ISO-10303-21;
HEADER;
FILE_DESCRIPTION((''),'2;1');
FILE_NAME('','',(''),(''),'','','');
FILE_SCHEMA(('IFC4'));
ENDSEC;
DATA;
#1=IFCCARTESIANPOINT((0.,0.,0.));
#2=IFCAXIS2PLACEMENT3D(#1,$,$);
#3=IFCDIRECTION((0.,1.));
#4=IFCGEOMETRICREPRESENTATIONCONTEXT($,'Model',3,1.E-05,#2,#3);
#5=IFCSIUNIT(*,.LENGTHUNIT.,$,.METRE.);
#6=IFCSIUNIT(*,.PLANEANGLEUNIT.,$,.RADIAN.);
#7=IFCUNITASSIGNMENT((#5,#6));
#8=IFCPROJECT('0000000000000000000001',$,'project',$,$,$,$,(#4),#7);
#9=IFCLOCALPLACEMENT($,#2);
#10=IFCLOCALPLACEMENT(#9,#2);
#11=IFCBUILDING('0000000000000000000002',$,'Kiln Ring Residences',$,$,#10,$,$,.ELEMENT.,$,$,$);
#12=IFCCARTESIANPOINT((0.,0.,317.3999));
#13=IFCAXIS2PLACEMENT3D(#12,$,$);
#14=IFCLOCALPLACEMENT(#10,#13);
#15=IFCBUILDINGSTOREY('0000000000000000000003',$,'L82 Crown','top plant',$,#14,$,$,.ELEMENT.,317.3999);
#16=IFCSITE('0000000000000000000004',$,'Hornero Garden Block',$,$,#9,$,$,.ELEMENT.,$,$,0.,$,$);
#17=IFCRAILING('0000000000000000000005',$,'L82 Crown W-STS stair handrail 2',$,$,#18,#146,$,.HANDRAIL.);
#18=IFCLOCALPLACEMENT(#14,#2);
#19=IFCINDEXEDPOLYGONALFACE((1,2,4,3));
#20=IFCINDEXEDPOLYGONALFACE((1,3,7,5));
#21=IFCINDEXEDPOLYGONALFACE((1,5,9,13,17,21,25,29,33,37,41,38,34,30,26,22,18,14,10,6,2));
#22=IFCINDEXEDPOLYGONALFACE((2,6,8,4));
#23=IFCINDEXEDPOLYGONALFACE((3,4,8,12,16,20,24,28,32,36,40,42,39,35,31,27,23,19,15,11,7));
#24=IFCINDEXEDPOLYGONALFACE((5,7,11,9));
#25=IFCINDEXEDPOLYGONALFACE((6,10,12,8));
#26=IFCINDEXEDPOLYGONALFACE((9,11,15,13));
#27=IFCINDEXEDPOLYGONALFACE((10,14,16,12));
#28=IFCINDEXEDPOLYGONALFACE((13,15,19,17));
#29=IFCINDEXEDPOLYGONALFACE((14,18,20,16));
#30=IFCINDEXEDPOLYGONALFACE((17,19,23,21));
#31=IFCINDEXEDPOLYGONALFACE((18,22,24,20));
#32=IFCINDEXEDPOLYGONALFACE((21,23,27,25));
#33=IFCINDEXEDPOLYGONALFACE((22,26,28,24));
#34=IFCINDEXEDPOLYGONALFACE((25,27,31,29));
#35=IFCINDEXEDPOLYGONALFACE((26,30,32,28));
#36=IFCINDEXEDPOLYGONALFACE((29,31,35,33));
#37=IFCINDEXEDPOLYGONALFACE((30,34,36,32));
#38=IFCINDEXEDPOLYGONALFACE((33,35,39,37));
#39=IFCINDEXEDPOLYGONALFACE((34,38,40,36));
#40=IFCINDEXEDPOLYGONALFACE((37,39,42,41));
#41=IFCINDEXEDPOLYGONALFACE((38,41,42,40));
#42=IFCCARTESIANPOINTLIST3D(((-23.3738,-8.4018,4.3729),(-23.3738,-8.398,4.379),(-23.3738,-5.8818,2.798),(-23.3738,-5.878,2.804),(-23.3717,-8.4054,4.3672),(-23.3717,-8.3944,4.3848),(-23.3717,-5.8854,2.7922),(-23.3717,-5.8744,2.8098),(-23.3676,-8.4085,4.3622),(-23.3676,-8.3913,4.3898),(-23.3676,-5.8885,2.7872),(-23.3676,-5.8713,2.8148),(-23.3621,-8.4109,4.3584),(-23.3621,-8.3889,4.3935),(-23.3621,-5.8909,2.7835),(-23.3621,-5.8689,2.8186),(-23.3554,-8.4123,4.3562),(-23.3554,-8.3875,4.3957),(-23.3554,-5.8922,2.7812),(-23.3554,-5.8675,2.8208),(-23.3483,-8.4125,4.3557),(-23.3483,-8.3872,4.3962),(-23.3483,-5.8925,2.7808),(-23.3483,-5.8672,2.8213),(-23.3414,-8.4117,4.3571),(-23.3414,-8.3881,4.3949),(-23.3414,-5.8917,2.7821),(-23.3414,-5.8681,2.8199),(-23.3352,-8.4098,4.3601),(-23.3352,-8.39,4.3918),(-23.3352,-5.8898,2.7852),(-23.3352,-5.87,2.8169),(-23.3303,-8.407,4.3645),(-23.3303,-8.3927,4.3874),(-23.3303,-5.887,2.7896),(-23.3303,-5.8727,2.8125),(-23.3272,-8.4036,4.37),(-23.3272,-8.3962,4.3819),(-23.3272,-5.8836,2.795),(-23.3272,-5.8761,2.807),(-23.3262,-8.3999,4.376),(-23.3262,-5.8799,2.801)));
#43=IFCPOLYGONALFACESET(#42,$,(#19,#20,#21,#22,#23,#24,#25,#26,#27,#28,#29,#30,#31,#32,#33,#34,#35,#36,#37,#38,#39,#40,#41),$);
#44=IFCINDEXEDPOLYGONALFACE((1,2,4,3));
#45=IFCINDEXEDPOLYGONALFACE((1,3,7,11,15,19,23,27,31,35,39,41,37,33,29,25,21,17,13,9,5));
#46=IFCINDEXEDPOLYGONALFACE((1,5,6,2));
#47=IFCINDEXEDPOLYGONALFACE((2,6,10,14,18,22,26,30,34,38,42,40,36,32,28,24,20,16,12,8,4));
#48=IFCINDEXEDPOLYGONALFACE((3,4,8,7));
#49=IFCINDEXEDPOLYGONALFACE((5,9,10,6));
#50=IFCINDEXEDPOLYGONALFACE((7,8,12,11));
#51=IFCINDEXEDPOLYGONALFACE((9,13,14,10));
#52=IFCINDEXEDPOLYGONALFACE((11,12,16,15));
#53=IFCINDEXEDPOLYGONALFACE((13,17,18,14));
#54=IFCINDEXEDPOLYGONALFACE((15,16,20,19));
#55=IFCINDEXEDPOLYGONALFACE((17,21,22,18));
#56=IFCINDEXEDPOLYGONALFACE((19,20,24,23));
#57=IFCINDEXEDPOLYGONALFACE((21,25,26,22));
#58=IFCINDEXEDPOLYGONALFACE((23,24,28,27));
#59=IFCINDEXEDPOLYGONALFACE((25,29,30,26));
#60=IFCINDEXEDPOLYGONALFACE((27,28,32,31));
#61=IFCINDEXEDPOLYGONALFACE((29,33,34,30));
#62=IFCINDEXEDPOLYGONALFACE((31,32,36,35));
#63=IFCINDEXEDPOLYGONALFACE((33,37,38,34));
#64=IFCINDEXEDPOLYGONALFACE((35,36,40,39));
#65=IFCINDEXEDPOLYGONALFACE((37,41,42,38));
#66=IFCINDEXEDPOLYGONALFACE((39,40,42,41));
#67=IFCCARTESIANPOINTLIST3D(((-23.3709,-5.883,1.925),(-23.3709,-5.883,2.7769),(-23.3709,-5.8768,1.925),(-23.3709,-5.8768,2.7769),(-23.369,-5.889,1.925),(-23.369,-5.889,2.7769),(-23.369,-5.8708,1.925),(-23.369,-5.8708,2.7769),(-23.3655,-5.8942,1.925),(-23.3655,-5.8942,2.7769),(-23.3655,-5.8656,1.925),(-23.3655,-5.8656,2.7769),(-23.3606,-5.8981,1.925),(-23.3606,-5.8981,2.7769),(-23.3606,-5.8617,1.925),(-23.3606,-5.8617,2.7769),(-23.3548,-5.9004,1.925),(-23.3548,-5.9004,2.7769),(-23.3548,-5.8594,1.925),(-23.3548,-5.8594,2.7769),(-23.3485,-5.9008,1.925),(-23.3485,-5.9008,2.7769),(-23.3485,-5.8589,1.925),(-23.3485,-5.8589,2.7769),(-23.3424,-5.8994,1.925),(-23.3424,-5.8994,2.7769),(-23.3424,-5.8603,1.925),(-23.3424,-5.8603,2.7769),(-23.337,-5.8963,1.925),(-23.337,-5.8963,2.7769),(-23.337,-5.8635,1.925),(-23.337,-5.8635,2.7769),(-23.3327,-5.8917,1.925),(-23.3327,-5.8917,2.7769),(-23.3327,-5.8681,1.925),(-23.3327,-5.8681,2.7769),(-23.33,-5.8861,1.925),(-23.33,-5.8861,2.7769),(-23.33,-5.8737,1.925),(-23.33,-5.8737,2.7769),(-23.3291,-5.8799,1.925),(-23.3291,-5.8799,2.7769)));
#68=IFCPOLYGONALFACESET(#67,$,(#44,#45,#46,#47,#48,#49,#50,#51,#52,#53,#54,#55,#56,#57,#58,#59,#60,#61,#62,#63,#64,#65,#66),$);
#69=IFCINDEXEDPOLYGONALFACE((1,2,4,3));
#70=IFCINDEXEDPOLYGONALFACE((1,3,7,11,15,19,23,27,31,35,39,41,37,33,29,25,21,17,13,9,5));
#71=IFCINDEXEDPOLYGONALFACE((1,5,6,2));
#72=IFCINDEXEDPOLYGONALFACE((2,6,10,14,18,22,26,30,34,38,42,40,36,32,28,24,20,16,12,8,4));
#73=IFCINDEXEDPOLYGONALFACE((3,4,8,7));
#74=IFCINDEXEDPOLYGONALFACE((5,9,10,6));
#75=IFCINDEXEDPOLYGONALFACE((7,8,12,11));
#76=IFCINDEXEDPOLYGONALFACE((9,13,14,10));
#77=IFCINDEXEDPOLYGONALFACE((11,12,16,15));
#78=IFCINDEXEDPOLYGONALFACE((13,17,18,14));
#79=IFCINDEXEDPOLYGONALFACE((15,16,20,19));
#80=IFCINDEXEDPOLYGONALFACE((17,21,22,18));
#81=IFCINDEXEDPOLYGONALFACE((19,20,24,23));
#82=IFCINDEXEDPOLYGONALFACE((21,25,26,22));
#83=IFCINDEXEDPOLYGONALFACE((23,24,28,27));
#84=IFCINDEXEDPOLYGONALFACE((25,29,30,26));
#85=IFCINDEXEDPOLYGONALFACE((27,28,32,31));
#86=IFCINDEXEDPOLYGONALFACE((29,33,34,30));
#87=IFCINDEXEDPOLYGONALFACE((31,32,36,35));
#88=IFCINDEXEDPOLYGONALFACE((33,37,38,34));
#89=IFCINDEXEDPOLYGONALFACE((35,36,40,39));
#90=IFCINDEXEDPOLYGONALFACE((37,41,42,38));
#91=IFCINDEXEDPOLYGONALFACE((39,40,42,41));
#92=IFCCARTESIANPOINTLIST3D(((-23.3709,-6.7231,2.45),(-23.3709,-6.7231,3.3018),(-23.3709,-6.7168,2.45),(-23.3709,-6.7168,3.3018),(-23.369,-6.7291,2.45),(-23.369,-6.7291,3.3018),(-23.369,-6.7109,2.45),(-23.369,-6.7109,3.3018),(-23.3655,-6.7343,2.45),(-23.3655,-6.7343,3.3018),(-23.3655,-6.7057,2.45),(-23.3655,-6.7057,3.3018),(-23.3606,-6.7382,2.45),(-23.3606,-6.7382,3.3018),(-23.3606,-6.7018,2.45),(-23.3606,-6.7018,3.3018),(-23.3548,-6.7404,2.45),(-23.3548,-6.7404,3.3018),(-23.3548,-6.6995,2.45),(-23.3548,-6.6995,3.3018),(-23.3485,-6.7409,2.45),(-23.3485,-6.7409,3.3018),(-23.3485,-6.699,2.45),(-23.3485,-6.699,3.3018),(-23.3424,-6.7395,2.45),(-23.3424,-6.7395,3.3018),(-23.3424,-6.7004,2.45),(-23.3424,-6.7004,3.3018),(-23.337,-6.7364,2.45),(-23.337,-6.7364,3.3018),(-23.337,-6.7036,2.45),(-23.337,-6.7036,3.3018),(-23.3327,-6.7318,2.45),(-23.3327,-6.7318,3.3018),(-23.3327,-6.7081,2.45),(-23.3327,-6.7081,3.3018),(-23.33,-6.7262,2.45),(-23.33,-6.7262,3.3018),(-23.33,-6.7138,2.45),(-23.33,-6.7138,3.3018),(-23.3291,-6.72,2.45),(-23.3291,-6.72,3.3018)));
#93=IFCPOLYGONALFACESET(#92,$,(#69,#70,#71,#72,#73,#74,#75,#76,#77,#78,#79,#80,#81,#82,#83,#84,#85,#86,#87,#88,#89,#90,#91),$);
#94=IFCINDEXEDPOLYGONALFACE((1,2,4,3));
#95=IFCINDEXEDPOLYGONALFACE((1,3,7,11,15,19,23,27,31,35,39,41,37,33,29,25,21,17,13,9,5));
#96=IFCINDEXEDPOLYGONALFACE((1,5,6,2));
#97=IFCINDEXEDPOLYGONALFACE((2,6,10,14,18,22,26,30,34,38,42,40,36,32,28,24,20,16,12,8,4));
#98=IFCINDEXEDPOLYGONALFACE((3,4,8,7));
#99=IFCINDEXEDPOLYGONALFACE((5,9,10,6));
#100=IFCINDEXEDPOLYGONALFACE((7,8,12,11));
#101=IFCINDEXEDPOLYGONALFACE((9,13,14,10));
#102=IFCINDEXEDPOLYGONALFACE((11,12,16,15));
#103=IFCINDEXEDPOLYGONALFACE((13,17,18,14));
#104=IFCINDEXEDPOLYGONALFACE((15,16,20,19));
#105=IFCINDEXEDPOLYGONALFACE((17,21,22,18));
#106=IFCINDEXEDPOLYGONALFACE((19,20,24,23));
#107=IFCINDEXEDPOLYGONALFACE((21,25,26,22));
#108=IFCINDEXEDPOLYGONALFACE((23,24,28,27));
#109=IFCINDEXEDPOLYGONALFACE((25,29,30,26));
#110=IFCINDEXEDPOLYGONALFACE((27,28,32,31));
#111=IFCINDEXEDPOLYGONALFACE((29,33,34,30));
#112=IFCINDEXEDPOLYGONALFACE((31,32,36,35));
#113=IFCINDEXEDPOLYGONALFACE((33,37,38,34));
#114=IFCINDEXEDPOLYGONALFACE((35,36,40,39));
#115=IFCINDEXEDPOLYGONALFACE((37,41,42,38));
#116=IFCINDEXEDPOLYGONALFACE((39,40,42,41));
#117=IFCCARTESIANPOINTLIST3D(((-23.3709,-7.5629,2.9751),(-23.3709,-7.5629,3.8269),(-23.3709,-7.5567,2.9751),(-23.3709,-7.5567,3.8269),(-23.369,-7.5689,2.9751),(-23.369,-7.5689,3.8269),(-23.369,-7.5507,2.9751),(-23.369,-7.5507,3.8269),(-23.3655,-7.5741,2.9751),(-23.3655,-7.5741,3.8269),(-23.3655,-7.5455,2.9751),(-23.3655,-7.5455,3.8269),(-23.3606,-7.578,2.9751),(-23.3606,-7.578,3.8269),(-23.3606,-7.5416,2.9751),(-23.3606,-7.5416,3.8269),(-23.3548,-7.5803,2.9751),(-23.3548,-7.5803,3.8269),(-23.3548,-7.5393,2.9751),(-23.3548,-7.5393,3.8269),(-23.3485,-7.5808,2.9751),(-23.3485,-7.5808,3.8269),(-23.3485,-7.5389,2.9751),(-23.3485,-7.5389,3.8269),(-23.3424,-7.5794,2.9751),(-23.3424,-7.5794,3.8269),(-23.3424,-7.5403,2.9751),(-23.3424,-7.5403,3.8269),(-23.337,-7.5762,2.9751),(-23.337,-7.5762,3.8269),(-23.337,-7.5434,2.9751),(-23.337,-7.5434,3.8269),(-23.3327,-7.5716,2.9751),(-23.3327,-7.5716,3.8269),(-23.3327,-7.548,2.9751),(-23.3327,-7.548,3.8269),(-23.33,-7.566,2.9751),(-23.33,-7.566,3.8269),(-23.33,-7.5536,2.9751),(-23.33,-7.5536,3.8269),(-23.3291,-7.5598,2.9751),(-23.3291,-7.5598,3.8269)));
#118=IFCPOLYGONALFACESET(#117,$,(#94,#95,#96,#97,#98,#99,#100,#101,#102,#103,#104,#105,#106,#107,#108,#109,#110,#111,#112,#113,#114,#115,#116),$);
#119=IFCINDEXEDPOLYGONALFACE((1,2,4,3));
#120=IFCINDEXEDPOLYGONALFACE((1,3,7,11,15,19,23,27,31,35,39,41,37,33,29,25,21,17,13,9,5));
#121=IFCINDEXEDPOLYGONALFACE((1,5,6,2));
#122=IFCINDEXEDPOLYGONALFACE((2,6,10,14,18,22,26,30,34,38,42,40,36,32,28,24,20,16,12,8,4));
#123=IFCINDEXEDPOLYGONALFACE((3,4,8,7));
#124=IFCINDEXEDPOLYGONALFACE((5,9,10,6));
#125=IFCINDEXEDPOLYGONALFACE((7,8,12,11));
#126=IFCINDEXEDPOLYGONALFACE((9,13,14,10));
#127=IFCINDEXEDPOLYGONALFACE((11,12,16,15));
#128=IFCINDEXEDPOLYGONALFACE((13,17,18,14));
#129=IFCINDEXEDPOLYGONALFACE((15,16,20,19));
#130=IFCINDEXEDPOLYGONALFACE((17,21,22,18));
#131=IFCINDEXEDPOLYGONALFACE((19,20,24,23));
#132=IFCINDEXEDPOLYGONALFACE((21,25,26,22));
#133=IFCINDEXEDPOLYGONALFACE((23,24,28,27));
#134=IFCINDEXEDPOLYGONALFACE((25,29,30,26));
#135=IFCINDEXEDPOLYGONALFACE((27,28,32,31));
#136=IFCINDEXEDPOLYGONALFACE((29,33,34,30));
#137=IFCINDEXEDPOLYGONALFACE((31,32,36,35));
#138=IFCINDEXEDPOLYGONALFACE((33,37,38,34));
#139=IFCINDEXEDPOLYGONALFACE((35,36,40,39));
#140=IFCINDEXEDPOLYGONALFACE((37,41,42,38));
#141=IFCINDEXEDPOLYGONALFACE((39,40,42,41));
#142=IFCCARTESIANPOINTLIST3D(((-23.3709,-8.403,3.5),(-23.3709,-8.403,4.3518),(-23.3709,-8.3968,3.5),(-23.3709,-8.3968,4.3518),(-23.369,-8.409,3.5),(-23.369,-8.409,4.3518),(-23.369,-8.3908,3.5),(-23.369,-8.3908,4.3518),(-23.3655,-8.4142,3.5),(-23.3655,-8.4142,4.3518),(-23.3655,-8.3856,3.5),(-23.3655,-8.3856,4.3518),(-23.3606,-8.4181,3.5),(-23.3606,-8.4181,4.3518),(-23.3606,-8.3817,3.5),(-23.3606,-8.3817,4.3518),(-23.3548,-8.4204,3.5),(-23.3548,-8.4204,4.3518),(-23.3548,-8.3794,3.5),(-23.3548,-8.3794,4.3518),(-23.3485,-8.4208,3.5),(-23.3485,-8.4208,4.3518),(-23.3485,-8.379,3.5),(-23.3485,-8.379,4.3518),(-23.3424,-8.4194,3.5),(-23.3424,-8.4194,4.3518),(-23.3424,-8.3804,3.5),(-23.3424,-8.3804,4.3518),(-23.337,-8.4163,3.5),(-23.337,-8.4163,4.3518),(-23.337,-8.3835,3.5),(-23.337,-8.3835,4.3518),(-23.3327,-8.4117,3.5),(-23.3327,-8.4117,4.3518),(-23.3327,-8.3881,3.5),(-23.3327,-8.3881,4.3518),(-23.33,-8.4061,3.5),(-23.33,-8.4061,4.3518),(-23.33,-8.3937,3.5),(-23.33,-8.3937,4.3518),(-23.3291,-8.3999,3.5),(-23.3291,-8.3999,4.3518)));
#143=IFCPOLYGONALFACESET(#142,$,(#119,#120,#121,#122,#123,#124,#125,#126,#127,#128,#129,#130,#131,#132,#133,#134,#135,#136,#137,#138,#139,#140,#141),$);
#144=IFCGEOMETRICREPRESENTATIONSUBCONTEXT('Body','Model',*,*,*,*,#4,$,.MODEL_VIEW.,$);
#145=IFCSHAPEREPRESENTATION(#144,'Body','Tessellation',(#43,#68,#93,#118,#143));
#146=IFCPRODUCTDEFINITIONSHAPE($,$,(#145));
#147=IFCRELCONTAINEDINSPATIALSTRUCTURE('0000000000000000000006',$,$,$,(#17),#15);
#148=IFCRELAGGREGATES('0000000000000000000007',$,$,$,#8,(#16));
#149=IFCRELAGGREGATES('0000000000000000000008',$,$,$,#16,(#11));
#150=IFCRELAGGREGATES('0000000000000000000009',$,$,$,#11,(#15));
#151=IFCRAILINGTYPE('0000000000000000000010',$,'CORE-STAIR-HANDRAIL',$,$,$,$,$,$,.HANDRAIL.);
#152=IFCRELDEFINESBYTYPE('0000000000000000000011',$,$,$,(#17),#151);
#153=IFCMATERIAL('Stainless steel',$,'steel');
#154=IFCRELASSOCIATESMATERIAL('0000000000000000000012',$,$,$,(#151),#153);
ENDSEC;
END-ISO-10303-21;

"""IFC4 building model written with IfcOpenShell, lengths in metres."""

from ifc_helpers import new_model, si_unit, direction, frame, origin, origin_2d, place, context, subcontext, project, spatial, circle, extrude, material, type_object, element, save


model = new_model("IFC4")

# Units and contexts
model_context = context("Model", 3, precision=1e-05, world=origin(), true_north=direction((0.0, 1.0)))
body_context = subcontext(model_context, "Body", "Model", "MODEL_VIEW")
ifc_project = project(units=[si_unit("LENGTHUNIT", "METRE"), si_unit("PLANEANGLEUNIT", "RADIAN")], contexts=[model_context])

# Site, building, storey
site_placement = place(None, origin())
site = spatial("IfcSite", under=ifc_project, at=site_placement, Name="Hornero Garden Block", CompositionType="ELEMENT", RefElevation=0.0)
building_placement = place(site_placement, origin())
building = spatial("IfcBuilding", under=site, at=building_placement, Name="Kiln Ring Residences", CompositionType="ELEMENT")
storey_placement = place(building_placement, frame((0.0, 0.0, 317.3999)))
storey = spatial("IfcBuildingStorey", under=building, at=storey_placement, Name="L82 Crown", Description="top plant", CompositionType="ELEMENT", Elevation=317.3999)

# Railing
ifc_material_1 = material(Name="Stainless steel", Category="steel")
railing_type_1 = type_object("IfcRailingType", Name="CORE-STAIR-HANDRAIL", PredefinedType="HANDRAIL", material=ifc_material_1)
railing_1_placement = place(storey_placement, frame((-23.3501, -5.8799, 1.925)))
element("IfcRailing", 1, at=railing_1_placement, inside=storey, type_object=railing_type_1, Name="L82 Crown W-STS stair handrail 2", PredefinedType="HANDRAIL", context=body_context, shape_type="SweptSolid", body=[
    extrude(circle(Radius=0.0239, at=origin_2d()), frame((0.0, 0.0, 0.876), z_axis=(0.0, -0.848008, 0.529984), x_axis=(1.0, 0.0, 0.0)), (0.0, 0.0, 1.0), 2.9717),
    extrude(circle(Radius=0.021, at=origin_2d()), origin(), (0.0, 0.0, 1.0), 0.8518),
    extrude(circle(Radius=0.021, at=origin_2d()), frame((0.0, -0.8401, 0.5249)), (0.0, 0.0, 1.0), 0.8518),
    extrude(circle(Radius=0.021, at=origin_2d()), frame((0.0, -1.6799, 1.05)), (0.0, 0.0, 1.0), 0.8518),
    extrude(circle(Radius=0.021, at=origin_2d()), frame((0.0, -2.52, 1.575)), (0.0, 0.0, 1.0), 0.8518),
])

save(model, "model.ifc")
